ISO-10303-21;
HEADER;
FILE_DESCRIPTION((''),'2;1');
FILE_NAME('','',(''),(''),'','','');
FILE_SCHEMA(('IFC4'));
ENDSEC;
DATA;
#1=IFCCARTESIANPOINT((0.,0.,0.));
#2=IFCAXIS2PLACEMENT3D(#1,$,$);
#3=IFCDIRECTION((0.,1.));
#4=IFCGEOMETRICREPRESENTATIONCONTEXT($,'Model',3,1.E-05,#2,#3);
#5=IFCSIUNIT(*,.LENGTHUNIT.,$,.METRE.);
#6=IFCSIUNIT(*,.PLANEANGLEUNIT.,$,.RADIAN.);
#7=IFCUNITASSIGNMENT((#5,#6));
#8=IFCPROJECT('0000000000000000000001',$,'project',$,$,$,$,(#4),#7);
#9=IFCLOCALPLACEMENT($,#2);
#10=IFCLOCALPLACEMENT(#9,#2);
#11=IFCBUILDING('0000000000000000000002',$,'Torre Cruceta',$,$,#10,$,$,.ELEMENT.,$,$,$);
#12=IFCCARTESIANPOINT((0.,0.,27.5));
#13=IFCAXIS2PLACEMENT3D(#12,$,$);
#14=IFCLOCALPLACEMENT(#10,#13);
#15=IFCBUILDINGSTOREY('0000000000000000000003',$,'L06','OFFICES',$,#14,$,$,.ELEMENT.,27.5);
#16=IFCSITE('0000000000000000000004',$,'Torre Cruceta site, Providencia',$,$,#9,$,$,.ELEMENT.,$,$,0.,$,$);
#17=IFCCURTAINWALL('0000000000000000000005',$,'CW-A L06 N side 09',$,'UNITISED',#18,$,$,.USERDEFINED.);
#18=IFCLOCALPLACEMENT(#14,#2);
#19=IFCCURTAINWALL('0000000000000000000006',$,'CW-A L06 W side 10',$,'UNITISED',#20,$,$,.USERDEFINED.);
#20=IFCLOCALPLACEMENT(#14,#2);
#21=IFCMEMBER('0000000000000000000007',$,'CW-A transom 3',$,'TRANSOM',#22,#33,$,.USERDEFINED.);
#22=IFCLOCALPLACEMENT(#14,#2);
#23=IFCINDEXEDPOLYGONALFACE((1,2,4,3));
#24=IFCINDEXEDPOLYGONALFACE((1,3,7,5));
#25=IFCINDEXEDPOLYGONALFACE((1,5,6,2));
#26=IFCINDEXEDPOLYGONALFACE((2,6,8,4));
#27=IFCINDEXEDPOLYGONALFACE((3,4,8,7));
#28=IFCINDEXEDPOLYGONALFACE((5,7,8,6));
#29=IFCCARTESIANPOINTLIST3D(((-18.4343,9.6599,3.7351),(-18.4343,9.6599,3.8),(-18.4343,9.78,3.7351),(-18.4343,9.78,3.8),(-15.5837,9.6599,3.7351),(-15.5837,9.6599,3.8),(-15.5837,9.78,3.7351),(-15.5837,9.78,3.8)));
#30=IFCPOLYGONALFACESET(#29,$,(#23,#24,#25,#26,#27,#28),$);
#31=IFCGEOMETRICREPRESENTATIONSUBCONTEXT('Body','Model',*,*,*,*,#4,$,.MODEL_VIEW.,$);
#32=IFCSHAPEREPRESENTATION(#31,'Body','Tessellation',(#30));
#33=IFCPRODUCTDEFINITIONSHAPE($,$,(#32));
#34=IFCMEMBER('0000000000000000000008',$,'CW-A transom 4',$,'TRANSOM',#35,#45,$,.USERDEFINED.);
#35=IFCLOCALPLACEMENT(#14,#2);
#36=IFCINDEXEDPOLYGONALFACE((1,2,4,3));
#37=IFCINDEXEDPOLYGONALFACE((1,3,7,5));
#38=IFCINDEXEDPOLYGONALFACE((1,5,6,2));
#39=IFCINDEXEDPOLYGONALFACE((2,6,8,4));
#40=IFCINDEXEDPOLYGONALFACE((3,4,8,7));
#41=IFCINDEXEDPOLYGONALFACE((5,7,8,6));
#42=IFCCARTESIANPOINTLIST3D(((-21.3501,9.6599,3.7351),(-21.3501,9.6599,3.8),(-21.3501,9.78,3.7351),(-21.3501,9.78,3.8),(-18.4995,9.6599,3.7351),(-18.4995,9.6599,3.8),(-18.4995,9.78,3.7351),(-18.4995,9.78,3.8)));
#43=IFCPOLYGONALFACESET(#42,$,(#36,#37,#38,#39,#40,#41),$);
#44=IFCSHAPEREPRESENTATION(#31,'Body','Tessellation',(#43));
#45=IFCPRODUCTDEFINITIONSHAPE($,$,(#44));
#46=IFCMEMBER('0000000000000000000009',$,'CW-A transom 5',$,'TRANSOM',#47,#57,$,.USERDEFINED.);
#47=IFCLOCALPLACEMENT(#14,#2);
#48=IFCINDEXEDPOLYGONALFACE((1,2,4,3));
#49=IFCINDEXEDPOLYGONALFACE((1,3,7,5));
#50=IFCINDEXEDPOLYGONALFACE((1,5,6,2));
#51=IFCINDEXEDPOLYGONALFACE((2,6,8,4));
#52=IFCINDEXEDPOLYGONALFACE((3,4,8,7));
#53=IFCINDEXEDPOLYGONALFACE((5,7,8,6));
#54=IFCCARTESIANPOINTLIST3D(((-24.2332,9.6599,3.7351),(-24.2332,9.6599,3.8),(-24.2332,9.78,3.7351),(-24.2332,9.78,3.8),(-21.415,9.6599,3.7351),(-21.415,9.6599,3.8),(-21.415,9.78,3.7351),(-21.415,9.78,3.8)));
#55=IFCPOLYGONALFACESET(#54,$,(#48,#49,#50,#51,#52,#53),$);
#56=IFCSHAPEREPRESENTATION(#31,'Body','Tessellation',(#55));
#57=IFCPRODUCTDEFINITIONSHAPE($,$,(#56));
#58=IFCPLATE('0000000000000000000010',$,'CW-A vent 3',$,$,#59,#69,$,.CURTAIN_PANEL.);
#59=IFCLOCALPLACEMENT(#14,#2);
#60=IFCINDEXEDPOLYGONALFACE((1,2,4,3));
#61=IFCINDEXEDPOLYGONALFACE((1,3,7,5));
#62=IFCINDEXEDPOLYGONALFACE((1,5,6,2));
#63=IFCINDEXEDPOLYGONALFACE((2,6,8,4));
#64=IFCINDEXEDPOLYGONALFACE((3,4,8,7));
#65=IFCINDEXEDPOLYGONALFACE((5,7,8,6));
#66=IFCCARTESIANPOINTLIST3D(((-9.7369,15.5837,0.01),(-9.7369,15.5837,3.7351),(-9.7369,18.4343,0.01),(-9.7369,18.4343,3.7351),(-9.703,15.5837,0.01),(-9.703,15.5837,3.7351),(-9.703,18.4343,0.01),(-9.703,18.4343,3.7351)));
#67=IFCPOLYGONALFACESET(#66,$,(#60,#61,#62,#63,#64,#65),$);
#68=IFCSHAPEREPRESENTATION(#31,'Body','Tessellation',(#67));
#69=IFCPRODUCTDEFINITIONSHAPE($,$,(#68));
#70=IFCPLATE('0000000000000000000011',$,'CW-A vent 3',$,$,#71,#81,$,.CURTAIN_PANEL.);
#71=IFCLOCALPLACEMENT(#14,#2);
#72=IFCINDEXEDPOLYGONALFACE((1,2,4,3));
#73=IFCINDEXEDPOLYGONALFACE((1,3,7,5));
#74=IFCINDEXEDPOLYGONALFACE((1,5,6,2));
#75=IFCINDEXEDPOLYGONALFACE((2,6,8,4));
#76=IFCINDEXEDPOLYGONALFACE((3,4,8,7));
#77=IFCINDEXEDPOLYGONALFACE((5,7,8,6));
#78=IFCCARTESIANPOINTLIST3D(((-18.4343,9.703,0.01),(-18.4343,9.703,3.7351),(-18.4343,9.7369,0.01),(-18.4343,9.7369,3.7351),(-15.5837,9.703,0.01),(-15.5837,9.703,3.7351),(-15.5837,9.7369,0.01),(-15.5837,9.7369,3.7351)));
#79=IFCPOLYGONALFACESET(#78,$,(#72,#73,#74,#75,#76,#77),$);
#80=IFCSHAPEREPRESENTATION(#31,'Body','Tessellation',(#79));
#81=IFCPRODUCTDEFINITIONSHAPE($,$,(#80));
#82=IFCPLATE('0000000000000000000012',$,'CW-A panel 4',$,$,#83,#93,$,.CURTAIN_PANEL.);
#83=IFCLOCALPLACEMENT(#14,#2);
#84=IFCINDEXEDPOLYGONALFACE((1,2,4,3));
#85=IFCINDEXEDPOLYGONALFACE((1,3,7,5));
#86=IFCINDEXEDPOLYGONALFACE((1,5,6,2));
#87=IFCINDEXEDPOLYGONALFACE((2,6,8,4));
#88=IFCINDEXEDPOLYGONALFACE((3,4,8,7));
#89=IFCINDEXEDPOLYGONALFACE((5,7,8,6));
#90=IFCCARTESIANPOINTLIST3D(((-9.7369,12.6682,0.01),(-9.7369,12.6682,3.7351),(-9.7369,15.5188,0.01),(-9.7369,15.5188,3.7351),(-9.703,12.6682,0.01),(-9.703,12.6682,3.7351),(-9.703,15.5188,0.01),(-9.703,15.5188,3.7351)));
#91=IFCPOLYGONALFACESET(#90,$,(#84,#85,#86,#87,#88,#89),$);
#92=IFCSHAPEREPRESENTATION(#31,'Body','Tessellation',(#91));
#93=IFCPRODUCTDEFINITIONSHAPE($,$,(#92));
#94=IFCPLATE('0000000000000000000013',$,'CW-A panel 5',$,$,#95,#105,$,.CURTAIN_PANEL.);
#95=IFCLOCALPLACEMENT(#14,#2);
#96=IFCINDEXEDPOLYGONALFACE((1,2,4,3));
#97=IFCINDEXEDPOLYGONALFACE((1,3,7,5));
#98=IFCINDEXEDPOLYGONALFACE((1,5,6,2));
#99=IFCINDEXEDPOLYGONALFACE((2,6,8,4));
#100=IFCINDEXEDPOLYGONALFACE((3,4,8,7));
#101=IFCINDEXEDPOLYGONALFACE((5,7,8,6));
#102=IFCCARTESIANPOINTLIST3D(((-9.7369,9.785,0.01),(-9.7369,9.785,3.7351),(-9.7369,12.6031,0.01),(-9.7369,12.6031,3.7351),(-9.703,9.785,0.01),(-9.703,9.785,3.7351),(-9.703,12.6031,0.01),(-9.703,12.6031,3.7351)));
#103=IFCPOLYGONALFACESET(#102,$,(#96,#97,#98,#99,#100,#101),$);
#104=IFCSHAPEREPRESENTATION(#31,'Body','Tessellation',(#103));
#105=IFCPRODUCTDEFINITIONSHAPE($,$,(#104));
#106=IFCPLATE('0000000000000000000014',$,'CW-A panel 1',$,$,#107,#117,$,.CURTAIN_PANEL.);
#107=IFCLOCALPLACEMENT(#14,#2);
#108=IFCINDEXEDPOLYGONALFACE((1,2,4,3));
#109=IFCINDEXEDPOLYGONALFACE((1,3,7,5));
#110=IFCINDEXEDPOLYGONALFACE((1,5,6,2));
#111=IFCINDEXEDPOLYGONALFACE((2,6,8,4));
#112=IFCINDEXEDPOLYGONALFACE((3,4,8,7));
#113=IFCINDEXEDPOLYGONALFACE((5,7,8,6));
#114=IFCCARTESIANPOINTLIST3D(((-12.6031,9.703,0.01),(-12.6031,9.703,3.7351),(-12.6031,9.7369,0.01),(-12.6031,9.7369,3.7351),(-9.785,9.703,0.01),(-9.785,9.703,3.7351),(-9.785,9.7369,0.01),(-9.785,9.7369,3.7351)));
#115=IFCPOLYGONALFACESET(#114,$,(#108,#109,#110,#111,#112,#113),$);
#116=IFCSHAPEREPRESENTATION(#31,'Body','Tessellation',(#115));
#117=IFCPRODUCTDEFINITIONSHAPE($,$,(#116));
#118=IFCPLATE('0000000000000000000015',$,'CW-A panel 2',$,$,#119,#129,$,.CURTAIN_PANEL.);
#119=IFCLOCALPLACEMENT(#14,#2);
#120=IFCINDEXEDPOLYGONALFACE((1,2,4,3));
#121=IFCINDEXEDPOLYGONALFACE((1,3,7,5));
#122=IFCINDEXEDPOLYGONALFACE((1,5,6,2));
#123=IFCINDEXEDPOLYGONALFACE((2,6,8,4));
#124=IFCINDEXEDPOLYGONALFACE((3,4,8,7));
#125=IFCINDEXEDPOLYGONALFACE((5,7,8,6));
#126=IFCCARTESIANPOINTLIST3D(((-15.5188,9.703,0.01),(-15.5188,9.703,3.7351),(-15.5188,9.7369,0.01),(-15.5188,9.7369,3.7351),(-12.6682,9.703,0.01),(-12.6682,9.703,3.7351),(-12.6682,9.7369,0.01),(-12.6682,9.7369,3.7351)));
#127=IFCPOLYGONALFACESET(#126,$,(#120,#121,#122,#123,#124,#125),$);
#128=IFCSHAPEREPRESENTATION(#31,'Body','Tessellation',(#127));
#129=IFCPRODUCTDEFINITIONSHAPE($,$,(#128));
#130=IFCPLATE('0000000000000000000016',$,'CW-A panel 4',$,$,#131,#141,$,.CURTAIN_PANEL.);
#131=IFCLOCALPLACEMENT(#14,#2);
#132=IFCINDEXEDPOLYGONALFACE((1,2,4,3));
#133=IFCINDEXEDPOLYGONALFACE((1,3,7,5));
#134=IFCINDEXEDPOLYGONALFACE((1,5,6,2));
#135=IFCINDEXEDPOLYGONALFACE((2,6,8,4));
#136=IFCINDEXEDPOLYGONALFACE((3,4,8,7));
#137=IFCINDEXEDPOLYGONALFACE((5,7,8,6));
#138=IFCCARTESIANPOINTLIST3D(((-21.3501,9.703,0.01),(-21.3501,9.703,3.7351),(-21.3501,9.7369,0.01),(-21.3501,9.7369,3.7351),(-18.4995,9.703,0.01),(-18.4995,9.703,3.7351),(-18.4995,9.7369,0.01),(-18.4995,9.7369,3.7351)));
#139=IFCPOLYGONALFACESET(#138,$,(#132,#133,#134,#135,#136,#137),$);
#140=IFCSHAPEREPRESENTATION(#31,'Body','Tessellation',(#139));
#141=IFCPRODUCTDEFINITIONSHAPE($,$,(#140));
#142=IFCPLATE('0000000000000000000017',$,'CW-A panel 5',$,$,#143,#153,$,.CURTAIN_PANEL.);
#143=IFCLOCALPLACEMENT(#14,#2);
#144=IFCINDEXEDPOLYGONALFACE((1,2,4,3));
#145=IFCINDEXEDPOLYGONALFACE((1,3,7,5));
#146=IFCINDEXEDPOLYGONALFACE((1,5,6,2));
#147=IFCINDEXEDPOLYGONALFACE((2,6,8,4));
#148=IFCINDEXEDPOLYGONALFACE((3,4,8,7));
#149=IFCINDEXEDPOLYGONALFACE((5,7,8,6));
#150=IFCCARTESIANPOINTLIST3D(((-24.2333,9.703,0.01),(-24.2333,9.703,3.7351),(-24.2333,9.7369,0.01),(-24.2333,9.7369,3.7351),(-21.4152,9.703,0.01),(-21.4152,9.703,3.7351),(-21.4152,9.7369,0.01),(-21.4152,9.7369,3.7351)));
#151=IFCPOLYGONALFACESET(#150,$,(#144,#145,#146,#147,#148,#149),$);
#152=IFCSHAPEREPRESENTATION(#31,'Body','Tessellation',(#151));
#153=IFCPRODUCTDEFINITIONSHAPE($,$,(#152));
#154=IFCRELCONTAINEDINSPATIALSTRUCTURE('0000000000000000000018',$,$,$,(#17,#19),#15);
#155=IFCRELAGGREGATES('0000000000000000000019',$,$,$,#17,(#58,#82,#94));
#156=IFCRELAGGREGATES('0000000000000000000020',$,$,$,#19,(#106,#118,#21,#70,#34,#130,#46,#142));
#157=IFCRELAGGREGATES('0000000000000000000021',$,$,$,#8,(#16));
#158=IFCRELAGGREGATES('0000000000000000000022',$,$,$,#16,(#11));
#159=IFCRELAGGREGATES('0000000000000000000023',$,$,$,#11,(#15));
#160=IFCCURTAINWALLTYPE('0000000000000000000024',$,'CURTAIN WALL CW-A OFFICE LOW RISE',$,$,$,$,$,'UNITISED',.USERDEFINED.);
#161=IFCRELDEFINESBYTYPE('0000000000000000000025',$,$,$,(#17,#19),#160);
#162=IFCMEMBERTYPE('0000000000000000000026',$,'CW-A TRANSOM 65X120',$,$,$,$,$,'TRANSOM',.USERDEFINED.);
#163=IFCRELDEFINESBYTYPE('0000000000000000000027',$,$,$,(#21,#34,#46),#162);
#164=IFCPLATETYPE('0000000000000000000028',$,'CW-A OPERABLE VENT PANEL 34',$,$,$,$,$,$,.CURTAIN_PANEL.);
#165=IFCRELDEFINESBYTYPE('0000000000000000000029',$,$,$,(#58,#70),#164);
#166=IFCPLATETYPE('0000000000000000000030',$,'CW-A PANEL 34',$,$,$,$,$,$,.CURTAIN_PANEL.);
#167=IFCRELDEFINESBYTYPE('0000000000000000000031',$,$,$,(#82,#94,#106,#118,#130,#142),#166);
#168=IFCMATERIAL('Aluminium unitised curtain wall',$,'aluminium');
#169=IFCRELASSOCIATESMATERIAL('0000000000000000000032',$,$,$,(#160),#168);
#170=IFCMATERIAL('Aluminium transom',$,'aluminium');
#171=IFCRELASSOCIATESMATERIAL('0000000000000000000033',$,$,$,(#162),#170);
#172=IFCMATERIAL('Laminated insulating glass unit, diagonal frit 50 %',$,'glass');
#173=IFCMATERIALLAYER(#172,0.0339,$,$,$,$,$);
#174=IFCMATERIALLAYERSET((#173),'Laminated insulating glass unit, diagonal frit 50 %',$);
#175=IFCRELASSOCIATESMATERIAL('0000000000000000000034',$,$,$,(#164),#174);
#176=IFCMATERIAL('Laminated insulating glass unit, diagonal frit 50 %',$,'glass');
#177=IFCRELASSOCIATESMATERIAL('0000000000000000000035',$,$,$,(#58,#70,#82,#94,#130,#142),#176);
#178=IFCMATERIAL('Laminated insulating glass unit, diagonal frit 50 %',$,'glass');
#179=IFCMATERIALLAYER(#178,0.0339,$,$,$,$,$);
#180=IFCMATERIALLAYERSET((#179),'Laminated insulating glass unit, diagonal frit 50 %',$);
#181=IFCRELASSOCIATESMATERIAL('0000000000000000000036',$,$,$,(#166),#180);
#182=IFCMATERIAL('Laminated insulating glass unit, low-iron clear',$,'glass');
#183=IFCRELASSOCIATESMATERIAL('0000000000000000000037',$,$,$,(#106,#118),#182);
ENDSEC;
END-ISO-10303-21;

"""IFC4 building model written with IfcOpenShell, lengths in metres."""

from ifc_helpers import new_model, si_unit, direction, frame, origin, origin_2d, place, context, subcontext, project, spatial, rectangle, extrude, material, layer, layer_set, material_profile, profile_set, type_object, element, aggregate, save


model = new_model("IFC4")

# Units and contexts
model_context = context("Model", 3, precision=1e-05, world=origin(), true_north=direction((0.0, 1.0)))
body_context = subcontext(model_context, "Body", "Model", "MODEL_VIEW")
ifc_project = project(units=[si_unit("LENGTHUNIT", "METRE"), si_unit("PLANEANGLEUNIT", "RADIAN")], contexts=[model_context])

# Site, building, storey
site_placement = place(None, origin())
site = spatial("IfcSite", under=ifc_project, at=site_placement, Name="Torre Cruceta site, Providencia", CompositionType="ELEMENT", RefElevation=0.0)
building_placement = place(site_placement, origin())
building = spatial("IfcBuilding", under=site, at=building_placement, Name="Torre Cruceta", CompositionType="ELEMENT")
storey_placement = place(building_placement, frame((0.0, 0.0, 27.5)))
storey = spatial("IfcBuildingStorey", under=building, at=storey_placement, Name="L06", Description="OFFICES", CompositionType="ELEMENT", Elevation=27.5)

# Curtain walls
ifc_material_1 = material(Name="Aluminium unitised curtain wall", Category="aluminium")
curtain_wall_type = type_object("IfcCurtainWallType", Name="CURTAIN WALL CW-A OFFICE LOW RISE", ElementType="UNITISED", PredefinedType="USERDEFINED", material=ifc_material_1)
curtain_wall_1_placement = place(storey_placement, origin())
curtain_wall_1 = element("IfcCurtainWall", 1, at=curtain_wall_1_placement, inside=storey, type_object=curtain_wall_type, Name="CW-A L06 N side 09", ObjectType="UNITISED", PredefinedType="USERDEFINED")
curtain_wall_2_placement = place(storey_placement, origin())
curtain_wall_2 = element("IfcCurtainWall", 2, at=curtain_wall_2_placement, inside=storey, type_object=curtain_wall_type, Name="CW-A L06 W side 10", ObjectType="UNITISED", PredefinedType="USERDEFINED")

# Members
ifc_material_2 = material(Name="Aluminium transom", Category="aluminium")
ifc_material_profile_1 = material_profile(ifc_material_2, rectangle(XDim=0.1201, YDim=0.0649, at=origin_2d()), Name="AL 120X65")
ifc_profile_set_1 = profile_set([ifc_material_profile_1], Name="Aluminium transom")
member_type_1 = type_object("IfcMemberType", Name="CW-A TRANSOM 65X120", ElementType="TRANSOM", PredefinedType="USERDEFINED", material=ifc_profile_set_1)
member_1_placement = place(storey_placement, frame((-15.5837, 9.72, 3.7676), z_axis=(-1.0, 0.0, 0.0), x_axis=(0.0, -1.0, 0.0)))
member_1 = element("IfcMember", 3, at=member_1_placement, type_object=member_type_1, Name="CW-A transom 3", ObjectType="TRANSOM", PredefinedType="USERDEFINED", context=body_context, shape_type="SweptSolid", body=[
    extrude(rectangle(XDim=0.1201, YDim=0.0649, at=origin_2d()), origin(), (0.0, 0.0, 1.0), 2.8506),
])
member_2_placement = place(storey_placement, frame((-18.4995, 9.72, 3.7676), z_axis=(-1.0, 0.0, 0.0), x_axis=(0.0, -1.0, 0.0)))
member_2 = element("IfcMember", 4, at=member_2_placement, type_object=member_type_1, Name="CW-A transom 4", ObjectType="TRANSOM", PredefinedType="USERDEFINED", context=body_context, shape_type="SweptSolid", body=[
    extrude(rectangle(XDim=0.1201, YDim=0.0649, at=origin_2d()), origin(), (0.0, 0.0, 1.0), 2.8506),
])
member_3_placement = place(storey_placement, frame((-21.415, 9.72, 3.7676), z_axis=(-1.0, 0.0, 0.0), x_axis=(0.0, -1.0, 0.0)))
member_3 = element("IfcMember", 5, at=member_3_placement, type_object=member_type_1, Name="CW-A transom 5", ObjectType="TRANSOM", PredefinedType="USERDEFINED", context=body_context, shape_type="SweptSolid", body=[
    extrude(rectangle(XDim=0.1201, YDim=0.0649, at=origin_2d()), origin(), (0.0, 0.0, 1.0), 2.8181),
])

# Plates
ifc_material_3 = material(Name="Laminated insulating glass unit, diagonal frit 50 %", Category="glass")
ifc_material_4 = material(Name="Laminated insulating glass unit, diagonal frit 50 %", Category="glass")
ifc_layer_1 = layer(ifc_material_4, 0.0339)
ifc_layer_set_1 = layer_set([ifc_layer_1], Name="Laminated insulating glass unit, diagonal frit 50 %")
plate_type_1 = type_object("IfcPlateType", Name="CW-A OPERABLE VENT PANEL 34", PredefinedType="CURTAIN_PANEL", material=ifc_layer_set_1)
plate_1_placement = place(storey_placement, frame((-9.72, 17.009, 0.01), z_axis=(0.0, 0.0, 1.0), x_axis=(0.0, -1.0, 0.0)))
plate_1 = element("IfcPlate", 6, at=plate_1_placement, type_object=plate_type_1, material=ifc_material_3, Name="CW-A vent 3", PredefinedType="CURTAIN_PANEL", context=body_context, shape_type="SweptSolid", body=[
    extrude(rectangle(XDim=2.8506, YDim=0.0339, at=origin_2d()), origin(), (0.0, 0.0, 1.0), 3.7251),
])
plate_2_placement = place(storey_placement, frame((-17.009, 9.72, 0.01), z_axis=(0.0, 0.0, 1.0), x_axis=(-1.0, 0.0, 0.0)))
plate_2 = element("IfcPlate", 7, at=plate_2_placement, type_object=plate_type_1, material=ifc_material_3, Name="CW-A vent 3", PredefinedType="CURTAIN_PANEL", context=body_context, shape_type="SweptSolid", body=[
    extrude(rectangle(XDim=2.8506, YDim=0.0339, at=origin_2d()), origin(), (0.0, 0.0, 1.0), 3.7251),
])
ifc_material_5 = material(Name="Laminated insulating glass unit, diagonal frit 50 %", Category="glass")
ifc_layer_2 = layer(ifc_material_5, 0.0339)
ifc_layer_set_2 = layer_set([ifc_layer_2], Name="Laminated insulating glass unit, diagonal frit 50 %")
plate_type_2 = type_object("IfcPlateType", Name="CW-A PANEL 34", PredefinedType="CURTAIN_PANEL", material=ifc_layer_set_2)
plate_3_placement = place(storey_placement, frame((-9.72, 14.0935, 0.01), z_axis=(0.0, 0.0, 1.0), x_axis=(0.0, -1.0, 0.0)))
plate_3 = element("IfcPlate", 8, at=plate_3_placement, type_object=plate_type_2, material=ifc_material_3, Name="CW-A panel 4", PredefinedType="CURTAIN_PANEL", context=body_context, shape_type="SweptSolid", body=[
    extrude(rectangle(XDim=2.8506, YDim=0.0339, at=origin_2d()), origin(), (0.0, 0.0, 1.0), 3.7251),
])
plate_4_placement = place(storey_placement, frame((-9.72, 11.1941, 0.01), z_axis=(0.0, 0.0, 1.0), x_axis=(0.0, -1.0, 0.0)))
plate_4 = element("IfcPlate", 9, at=plate_4_placement, type_object=plate_type_2, material=ifc_material_3, Name="CW-A panel 5", PredefinedType="CURTAIN_PANEL", context=body_context, shape_type="SweptSolid", body=[
    extrude(rectangle(XDim=2.8181, YDim=0.0339, at=origin_2d()), origin(), (0.0, 0.0, 1.0), 3.7251),
])
aggregate(curtain_wall_1, [plate_1, plate_3, plate_4])
ifc_material_6 = material(Name="Laminated insulating glass unit, low-iron clear", Category="glass")
plate_5_placement = place(storey_placement, frame((-11.1941, 9.72, 0.01), z_axis=(0.0, 0.0, 1.0), x_axis=(-1.0, 0.0, 0.0)))
plate_5 = element("IfcPlate", 10, at=plate_5_placement, type_object=plate_type_2, material=ifc_material_6, Name="CW-A panel 1", PredefinedType="CURTAIN_PANEL", context=body_context, shape_type="SweptSolid", body=[
    extrude(rectangle(XDim=2.8181, YDim=0.0339, at=origin_2d()), origin(), (0.0, 0.0, 1.0), 3.7251),
])
plate_6_placement = place(storey_placement, frame((-14.0935, 9.72, 0.01), z_axis=(0.0, 0.0, 1.0), x_axis=(-1.0, 0.0, 0.0)))
plate_6 = element("IfcPlate", 11, at=plate_6_placement, type_object=plate_type_2, material=ifc_material_6, Name="CW-A panel 2", PredefinedType="CURTAIN_PANEL", context=body_context, shape_type="SweptSolid", body=[
    extrude(rectangle(XDim=2.8506, YDim=0.0339, at=origin_2d()), origin(), (0.0, 0.0, 1.0), 3.7251),
])
plate_7_placement = place(storey_placement, frame((-19.9248, 9.72, 0.01), z_axis=(0.0, 0.0, 1.0), x_axis=(-1.0, 0.0, 0.0)))
plate_7 = element("IfcPlate", 12, at=plate_7_placement, type_object=plate_type_2, material=ifc_material_3, Name="CW-A panel 4", PredefinedType="CURTAIN_PANEL", context=body_context, shape_type="SweptSolid", body=[
    extrude(rectangle(XDim=2.8506, YDim=0.0339, at=origin_2d()), origin(), (0.0, 0.0, 1.0), 3.7251),
])
plate_8_placement = place(storey_placement, frame((-22.8242, 9.72, 0.01), z_axis=(0.0, 0.0, 1.0), x_axis=(-1.0, 0.0, 0.0)))
plate_8 = element("IfcPlate", 13, at=plate_8_placement, type_object=plate_type_2, material=ifc_material_3, Name="CW-A panel 5", PredefinedType="CURTAIN_PANEL", context=body_context, shape_type="SweptSolid", body=[
    extrude(rectangle(XDim=2.8181, YDim=0.0339, at=origin_2d()), origin(), (0.0, 0.0, 1.0), 3.7251),
])
aggregate(curtain_wall_2, [plate_5, plate_6, member_1, plate_2, member_2, plate_7, member_3, plate_8])

save(model, "model.ifc")
